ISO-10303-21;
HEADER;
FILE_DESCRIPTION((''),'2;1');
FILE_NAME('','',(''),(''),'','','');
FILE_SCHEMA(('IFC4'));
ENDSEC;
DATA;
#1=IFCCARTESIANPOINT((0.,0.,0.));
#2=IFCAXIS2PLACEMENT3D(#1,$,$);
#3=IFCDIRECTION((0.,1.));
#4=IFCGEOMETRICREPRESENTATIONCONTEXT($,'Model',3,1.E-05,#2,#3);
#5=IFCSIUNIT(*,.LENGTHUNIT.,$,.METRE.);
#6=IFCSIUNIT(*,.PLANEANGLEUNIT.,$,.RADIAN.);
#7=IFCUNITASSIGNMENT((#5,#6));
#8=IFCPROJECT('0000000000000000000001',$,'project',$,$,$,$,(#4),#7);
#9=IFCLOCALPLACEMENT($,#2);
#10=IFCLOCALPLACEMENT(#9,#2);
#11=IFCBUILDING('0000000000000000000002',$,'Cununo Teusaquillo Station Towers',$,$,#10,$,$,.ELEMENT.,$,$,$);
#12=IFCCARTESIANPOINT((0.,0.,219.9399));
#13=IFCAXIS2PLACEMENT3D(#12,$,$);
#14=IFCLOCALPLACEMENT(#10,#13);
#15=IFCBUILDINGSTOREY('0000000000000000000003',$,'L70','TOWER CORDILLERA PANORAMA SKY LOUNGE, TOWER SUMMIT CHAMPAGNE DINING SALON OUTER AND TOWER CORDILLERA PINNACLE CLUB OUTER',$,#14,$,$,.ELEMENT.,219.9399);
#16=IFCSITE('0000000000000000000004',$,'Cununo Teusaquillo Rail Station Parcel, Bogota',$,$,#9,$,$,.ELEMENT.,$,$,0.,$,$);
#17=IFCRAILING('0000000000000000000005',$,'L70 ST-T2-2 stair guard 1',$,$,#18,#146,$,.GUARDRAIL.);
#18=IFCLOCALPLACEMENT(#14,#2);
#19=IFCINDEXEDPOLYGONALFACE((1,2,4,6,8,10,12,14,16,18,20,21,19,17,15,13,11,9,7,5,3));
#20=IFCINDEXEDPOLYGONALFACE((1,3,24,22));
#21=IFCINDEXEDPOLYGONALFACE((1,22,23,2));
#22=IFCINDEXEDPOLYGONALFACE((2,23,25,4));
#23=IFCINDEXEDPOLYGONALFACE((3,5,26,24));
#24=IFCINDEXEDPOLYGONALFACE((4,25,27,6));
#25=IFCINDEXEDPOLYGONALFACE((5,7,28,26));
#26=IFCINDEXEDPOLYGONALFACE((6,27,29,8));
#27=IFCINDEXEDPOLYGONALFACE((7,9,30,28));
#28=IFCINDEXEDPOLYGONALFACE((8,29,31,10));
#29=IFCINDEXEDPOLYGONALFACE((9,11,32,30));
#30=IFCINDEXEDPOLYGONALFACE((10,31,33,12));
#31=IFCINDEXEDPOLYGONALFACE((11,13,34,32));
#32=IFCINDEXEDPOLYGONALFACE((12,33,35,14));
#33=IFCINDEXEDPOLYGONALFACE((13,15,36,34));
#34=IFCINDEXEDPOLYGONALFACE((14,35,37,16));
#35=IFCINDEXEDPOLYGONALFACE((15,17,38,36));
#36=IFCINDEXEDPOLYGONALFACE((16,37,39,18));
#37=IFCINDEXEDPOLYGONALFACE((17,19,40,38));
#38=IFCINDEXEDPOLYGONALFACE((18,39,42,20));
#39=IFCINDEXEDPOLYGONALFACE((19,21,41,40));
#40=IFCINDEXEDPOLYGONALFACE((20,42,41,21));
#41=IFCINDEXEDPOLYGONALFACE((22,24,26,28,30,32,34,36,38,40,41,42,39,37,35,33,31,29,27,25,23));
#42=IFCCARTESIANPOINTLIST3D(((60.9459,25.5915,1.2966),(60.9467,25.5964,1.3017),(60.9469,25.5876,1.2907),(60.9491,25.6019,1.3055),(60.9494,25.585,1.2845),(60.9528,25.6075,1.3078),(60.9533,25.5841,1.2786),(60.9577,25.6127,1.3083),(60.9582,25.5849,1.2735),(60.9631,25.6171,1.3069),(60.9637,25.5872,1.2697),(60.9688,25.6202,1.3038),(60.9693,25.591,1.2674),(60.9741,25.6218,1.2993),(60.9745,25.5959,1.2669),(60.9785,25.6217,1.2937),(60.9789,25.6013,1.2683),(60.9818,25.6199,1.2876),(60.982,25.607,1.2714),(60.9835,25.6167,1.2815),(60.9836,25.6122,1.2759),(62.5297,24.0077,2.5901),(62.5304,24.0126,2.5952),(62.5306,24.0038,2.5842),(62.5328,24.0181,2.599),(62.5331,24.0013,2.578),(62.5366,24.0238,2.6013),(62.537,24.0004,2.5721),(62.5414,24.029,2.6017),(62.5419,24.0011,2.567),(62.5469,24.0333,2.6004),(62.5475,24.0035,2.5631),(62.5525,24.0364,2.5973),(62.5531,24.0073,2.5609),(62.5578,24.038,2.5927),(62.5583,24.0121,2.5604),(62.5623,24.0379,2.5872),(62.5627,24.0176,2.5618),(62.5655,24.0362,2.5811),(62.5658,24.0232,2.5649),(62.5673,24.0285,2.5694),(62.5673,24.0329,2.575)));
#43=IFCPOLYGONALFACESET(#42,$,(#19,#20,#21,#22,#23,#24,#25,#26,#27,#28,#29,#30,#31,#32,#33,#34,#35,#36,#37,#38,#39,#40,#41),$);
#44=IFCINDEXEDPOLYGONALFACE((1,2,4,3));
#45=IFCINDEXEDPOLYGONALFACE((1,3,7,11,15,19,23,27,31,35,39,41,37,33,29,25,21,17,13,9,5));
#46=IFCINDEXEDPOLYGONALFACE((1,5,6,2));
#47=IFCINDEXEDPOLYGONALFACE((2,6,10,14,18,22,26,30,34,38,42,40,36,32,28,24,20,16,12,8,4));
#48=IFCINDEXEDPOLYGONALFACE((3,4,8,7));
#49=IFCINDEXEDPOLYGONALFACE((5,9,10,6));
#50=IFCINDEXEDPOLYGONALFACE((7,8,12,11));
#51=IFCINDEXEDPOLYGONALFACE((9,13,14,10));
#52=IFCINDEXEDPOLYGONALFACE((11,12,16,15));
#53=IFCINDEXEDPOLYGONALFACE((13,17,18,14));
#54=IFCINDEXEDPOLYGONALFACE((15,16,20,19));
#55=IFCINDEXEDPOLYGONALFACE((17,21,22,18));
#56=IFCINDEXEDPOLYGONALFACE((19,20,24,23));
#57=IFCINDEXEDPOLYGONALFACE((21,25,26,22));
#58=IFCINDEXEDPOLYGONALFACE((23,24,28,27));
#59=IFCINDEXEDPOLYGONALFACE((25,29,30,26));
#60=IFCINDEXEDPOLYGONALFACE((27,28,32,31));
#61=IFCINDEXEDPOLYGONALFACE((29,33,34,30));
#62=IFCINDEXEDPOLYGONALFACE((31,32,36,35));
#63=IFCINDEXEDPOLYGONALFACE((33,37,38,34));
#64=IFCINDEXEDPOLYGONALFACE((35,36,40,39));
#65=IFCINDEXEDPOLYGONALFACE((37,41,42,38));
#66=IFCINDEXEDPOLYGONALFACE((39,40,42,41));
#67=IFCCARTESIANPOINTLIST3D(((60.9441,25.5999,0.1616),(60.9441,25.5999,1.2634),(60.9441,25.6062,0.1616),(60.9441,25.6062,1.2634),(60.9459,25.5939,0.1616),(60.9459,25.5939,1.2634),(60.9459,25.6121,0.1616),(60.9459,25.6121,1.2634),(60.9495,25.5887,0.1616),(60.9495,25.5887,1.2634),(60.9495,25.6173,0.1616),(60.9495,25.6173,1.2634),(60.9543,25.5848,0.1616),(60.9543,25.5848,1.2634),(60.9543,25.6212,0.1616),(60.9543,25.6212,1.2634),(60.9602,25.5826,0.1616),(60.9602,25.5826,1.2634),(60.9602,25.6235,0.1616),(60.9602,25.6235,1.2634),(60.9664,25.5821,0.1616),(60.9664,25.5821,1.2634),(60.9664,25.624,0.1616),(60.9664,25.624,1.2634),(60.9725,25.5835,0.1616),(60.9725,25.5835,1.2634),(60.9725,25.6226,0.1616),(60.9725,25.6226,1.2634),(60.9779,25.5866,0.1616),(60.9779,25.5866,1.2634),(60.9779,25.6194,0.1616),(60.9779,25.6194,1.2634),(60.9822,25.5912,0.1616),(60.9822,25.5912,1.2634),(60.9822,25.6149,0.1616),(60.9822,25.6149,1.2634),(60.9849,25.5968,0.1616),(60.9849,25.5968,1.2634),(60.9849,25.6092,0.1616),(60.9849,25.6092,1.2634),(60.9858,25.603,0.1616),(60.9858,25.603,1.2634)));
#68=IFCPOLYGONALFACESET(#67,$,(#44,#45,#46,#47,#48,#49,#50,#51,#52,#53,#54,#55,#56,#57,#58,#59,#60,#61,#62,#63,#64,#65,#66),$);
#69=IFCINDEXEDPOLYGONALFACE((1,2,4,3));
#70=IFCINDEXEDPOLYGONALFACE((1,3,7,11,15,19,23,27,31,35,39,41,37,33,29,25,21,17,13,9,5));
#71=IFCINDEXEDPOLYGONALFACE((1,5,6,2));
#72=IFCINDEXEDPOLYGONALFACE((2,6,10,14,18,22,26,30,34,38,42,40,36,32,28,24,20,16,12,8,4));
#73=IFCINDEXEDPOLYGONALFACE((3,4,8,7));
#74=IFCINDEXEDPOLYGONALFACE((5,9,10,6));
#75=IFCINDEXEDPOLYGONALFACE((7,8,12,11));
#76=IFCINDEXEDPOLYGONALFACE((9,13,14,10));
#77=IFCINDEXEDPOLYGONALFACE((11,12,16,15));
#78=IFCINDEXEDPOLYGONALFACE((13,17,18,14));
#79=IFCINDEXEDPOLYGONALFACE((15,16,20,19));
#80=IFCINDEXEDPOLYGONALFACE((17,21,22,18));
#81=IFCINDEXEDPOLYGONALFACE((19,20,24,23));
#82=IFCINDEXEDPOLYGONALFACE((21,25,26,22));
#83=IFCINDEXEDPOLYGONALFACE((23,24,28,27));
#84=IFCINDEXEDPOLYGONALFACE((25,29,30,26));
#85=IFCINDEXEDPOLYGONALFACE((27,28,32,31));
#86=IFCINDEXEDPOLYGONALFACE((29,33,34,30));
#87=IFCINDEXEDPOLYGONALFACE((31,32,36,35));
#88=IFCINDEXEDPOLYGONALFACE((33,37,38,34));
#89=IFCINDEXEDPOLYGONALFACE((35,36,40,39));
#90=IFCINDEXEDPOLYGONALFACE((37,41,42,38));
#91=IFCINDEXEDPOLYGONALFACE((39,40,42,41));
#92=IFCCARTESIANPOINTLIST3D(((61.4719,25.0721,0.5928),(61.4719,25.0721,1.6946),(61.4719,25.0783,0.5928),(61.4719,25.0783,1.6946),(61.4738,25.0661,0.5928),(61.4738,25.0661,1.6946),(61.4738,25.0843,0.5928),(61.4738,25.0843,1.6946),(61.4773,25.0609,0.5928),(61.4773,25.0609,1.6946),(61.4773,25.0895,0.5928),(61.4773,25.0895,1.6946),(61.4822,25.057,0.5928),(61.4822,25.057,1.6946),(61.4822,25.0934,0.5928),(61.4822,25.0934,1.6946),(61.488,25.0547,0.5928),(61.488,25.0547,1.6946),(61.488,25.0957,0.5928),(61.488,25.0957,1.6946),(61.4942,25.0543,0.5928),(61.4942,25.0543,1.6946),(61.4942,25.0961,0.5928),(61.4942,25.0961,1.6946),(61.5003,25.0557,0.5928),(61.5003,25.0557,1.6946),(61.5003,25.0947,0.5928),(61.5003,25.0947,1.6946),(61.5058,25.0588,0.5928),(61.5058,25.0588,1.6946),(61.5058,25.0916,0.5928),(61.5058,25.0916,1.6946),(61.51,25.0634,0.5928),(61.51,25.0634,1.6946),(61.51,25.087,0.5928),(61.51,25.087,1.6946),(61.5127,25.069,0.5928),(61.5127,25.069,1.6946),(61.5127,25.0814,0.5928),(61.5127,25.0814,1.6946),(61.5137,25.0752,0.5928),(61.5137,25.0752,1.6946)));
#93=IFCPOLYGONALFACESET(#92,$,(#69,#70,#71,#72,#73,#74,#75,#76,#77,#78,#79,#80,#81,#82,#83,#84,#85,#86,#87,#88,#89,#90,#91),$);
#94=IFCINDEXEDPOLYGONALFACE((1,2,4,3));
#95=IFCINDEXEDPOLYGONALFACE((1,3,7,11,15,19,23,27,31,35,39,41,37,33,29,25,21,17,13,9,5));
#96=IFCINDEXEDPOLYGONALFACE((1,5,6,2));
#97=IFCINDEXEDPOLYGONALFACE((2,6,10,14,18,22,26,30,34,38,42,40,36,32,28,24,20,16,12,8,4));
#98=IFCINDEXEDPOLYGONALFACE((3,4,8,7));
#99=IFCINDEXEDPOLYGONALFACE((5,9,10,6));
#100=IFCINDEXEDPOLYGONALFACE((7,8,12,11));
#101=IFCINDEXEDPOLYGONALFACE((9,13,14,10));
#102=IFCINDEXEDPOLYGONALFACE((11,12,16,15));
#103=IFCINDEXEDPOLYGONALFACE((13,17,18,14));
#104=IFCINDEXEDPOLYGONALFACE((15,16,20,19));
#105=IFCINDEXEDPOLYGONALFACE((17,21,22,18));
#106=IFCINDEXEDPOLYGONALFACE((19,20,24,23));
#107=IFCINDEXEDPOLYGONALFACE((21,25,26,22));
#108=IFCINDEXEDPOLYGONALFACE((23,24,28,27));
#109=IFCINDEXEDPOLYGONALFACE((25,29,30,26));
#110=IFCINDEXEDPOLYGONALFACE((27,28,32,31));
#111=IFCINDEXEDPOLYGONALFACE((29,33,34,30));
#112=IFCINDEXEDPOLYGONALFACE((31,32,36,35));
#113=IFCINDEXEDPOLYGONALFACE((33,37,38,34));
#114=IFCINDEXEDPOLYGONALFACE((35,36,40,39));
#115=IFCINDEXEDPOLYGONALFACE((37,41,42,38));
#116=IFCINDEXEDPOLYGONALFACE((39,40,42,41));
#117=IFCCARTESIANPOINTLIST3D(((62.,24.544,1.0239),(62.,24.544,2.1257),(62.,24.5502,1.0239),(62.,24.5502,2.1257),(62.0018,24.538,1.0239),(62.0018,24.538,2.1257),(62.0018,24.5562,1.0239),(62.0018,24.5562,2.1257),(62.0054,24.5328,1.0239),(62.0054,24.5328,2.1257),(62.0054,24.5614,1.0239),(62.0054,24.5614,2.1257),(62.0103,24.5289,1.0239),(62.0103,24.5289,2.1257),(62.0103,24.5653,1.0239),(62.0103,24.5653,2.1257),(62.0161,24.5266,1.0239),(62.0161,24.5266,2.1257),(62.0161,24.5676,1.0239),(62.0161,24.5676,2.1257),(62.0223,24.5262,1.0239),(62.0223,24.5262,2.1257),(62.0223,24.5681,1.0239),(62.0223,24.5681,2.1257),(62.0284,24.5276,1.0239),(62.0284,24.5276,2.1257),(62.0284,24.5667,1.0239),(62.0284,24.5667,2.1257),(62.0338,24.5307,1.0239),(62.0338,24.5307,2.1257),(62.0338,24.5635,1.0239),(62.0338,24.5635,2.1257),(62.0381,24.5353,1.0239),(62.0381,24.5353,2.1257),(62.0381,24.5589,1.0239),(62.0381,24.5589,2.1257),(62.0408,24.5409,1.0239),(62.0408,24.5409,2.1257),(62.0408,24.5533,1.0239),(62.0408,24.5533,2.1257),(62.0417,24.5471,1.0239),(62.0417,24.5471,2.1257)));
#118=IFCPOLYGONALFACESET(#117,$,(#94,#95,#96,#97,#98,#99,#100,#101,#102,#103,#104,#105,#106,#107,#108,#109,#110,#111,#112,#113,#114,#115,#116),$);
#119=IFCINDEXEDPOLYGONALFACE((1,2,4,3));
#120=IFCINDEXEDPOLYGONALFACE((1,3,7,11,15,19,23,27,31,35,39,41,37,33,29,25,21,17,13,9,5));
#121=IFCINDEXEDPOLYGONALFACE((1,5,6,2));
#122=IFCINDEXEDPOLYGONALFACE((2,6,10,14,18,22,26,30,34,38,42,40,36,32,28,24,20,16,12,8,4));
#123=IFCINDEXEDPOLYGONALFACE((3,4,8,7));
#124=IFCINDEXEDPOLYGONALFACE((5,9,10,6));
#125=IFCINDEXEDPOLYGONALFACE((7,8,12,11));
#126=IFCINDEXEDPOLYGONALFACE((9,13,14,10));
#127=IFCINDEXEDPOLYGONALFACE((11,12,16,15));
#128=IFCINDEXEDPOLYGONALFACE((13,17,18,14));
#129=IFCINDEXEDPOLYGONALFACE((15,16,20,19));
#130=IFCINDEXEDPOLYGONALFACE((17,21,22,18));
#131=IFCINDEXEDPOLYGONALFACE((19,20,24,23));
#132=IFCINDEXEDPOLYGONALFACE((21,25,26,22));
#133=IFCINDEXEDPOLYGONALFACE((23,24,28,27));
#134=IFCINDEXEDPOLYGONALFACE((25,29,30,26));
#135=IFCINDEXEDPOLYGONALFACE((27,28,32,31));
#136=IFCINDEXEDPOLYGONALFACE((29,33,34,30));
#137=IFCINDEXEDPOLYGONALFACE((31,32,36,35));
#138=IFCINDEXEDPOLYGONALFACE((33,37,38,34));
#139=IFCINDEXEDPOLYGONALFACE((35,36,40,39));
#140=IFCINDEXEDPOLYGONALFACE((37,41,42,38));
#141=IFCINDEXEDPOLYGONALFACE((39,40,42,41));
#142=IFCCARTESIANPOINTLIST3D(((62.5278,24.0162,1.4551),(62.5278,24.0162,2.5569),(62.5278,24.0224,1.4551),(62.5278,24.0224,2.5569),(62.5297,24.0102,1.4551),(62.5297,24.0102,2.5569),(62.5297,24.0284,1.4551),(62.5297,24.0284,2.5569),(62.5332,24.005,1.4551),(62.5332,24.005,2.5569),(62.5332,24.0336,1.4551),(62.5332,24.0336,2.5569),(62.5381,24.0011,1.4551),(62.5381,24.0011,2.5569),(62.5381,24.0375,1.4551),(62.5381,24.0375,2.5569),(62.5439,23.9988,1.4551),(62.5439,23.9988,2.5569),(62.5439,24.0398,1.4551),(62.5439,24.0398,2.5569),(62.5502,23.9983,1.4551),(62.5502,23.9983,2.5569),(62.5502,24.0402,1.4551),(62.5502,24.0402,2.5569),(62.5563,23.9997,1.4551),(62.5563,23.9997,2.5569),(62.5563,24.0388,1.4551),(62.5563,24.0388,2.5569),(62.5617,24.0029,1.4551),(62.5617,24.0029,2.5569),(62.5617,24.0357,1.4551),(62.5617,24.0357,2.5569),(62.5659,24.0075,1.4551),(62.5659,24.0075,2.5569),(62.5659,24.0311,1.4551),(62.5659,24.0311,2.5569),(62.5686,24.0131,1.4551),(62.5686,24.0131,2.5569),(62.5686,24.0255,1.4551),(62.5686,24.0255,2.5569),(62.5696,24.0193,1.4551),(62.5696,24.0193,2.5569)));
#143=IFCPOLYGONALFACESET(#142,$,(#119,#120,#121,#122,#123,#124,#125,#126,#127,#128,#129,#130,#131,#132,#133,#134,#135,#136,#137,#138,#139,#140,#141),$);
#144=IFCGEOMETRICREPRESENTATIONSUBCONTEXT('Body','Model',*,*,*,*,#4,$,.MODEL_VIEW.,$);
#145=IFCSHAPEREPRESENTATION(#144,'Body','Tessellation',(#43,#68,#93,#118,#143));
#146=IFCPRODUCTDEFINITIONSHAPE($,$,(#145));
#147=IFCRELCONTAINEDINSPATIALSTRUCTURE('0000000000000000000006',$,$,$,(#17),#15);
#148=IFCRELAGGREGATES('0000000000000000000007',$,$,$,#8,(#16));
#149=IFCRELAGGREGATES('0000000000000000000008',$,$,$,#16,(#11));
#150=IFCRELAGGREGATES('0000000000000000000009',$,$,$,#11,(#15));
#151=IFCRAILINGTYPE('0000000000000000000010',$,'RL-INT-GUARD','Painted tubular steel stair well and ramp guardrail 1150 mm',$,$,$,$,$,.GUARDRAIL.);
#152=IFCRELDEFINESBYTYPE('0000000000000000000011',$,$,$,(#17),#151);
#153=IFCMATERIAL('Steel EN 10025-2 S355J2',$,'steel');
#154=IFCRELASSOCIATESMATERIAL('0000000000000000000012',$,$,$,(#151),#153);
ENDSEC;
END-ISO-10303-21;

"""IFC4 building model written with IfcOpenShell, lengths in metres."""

from ifc_helpers import new_model, si_unit, direction, frame, origin, origin_2d, place, context, subcontext, project, spatial, circle, extrude, material, type_object, element, save


model = new_model("IFC4")

# Units and contexts
model_context = context("Model", 3, precision=1e-05, world=origin(), true_north=direction((0.0, 1.0)))
body_context = subcontext(model_context, "Body", "Model", "MODEL_VIEW")
ifc_project = project(units=[si_unit("LENGTHUNIT", "METRE"), si_unit("PLANEANGLEUNIT", "RADIAN")], contexts=[model_context])

# Site, building, storey
site_placement = place(None, origin())
site = spatial("IfcSite", under=ifc_project, at=site_placement, Name="Cununo Teusaquillo Rail Station Parcel, Bogota", CompositionType="ELEMENT", RefElevation=0.0)
building_placement = place(site_placement, origin())
building = spatial("IfcBuilding", under=site, at=building_placement, Name="Cununo Teusaquillo Station Towers", CompositionType="ELEMENT")
storey_placement = place(building_placement, frame((0.0, 0.0, 219.9399)))
storey = spatial("IfcBuildingStorey", under=building, at=storey_placement, Name="L70", Description="TOWER CORDILLERA PANORAMA SKY LOUNGE, TOWER SUMMIT CHAMPAGNE DINING SALON OUTER AND TOWER CORDILLERA PINNACLE CLUB OUTER", CompositionType="ELEMENT", Elevation=219.9399)

# Railing
ifc_material_1 = material(Name="Steel EN 10025-2 S355J2", Category="steel")
railing_type_1 = type_object("IfcRailingType", Name="RL-INT-GUARD", Description="Painted tubular steel stair well and ramp guardrail 1150 mm", PredefinedType="GUARDRAIL", material=ifc_material_1)
railing_1_placement = place(storey_placement, frame((60.9648, 25.603, 0.1616)))
element("IfcRailing", 1, at=railing_1_placement, inside=storey, type_object=railing_type_1, Name="L70 ST-T2-2 stair guard 1", PredefinedType="GUARDRAIL", context=body_context, shape_type="SweptSolid", body=[
    extrude(circle(Radius=0.0239, at=origin_2d()), frame((0.0, 0.0, 1.126), z_axis=(0.612332, -0.612332, 0.500098), x_axis=(0.707107, 0.707107, 0.0)), (0.0, 0.0, 1.0), 2.5864),
    extrude(circle(Radius=0.021, at=origin_2d()), origin(), (0.0, 0.0, 1.0), 1.1018),
    extrude(circle(Radius=0.021, at=origin_2d()), frame((0.5278, -0.5278, 0.4312)), (0.0, 0.0, 1.0), 1.1018),
    extrude(circle(Radius=0.021, at=origin_2d()), frame((1.0559, -1.0559, 0.8623)), (0.0, 0.0, 1.0), 1.1018),
    extrude(circle(Radius=0.021, at=origin_2d()), frame((1.5837, -1.5837, 1.2935)), (0.0, 0.0, 1.0), 1.1018),
])

save(model, "model.ifc")
